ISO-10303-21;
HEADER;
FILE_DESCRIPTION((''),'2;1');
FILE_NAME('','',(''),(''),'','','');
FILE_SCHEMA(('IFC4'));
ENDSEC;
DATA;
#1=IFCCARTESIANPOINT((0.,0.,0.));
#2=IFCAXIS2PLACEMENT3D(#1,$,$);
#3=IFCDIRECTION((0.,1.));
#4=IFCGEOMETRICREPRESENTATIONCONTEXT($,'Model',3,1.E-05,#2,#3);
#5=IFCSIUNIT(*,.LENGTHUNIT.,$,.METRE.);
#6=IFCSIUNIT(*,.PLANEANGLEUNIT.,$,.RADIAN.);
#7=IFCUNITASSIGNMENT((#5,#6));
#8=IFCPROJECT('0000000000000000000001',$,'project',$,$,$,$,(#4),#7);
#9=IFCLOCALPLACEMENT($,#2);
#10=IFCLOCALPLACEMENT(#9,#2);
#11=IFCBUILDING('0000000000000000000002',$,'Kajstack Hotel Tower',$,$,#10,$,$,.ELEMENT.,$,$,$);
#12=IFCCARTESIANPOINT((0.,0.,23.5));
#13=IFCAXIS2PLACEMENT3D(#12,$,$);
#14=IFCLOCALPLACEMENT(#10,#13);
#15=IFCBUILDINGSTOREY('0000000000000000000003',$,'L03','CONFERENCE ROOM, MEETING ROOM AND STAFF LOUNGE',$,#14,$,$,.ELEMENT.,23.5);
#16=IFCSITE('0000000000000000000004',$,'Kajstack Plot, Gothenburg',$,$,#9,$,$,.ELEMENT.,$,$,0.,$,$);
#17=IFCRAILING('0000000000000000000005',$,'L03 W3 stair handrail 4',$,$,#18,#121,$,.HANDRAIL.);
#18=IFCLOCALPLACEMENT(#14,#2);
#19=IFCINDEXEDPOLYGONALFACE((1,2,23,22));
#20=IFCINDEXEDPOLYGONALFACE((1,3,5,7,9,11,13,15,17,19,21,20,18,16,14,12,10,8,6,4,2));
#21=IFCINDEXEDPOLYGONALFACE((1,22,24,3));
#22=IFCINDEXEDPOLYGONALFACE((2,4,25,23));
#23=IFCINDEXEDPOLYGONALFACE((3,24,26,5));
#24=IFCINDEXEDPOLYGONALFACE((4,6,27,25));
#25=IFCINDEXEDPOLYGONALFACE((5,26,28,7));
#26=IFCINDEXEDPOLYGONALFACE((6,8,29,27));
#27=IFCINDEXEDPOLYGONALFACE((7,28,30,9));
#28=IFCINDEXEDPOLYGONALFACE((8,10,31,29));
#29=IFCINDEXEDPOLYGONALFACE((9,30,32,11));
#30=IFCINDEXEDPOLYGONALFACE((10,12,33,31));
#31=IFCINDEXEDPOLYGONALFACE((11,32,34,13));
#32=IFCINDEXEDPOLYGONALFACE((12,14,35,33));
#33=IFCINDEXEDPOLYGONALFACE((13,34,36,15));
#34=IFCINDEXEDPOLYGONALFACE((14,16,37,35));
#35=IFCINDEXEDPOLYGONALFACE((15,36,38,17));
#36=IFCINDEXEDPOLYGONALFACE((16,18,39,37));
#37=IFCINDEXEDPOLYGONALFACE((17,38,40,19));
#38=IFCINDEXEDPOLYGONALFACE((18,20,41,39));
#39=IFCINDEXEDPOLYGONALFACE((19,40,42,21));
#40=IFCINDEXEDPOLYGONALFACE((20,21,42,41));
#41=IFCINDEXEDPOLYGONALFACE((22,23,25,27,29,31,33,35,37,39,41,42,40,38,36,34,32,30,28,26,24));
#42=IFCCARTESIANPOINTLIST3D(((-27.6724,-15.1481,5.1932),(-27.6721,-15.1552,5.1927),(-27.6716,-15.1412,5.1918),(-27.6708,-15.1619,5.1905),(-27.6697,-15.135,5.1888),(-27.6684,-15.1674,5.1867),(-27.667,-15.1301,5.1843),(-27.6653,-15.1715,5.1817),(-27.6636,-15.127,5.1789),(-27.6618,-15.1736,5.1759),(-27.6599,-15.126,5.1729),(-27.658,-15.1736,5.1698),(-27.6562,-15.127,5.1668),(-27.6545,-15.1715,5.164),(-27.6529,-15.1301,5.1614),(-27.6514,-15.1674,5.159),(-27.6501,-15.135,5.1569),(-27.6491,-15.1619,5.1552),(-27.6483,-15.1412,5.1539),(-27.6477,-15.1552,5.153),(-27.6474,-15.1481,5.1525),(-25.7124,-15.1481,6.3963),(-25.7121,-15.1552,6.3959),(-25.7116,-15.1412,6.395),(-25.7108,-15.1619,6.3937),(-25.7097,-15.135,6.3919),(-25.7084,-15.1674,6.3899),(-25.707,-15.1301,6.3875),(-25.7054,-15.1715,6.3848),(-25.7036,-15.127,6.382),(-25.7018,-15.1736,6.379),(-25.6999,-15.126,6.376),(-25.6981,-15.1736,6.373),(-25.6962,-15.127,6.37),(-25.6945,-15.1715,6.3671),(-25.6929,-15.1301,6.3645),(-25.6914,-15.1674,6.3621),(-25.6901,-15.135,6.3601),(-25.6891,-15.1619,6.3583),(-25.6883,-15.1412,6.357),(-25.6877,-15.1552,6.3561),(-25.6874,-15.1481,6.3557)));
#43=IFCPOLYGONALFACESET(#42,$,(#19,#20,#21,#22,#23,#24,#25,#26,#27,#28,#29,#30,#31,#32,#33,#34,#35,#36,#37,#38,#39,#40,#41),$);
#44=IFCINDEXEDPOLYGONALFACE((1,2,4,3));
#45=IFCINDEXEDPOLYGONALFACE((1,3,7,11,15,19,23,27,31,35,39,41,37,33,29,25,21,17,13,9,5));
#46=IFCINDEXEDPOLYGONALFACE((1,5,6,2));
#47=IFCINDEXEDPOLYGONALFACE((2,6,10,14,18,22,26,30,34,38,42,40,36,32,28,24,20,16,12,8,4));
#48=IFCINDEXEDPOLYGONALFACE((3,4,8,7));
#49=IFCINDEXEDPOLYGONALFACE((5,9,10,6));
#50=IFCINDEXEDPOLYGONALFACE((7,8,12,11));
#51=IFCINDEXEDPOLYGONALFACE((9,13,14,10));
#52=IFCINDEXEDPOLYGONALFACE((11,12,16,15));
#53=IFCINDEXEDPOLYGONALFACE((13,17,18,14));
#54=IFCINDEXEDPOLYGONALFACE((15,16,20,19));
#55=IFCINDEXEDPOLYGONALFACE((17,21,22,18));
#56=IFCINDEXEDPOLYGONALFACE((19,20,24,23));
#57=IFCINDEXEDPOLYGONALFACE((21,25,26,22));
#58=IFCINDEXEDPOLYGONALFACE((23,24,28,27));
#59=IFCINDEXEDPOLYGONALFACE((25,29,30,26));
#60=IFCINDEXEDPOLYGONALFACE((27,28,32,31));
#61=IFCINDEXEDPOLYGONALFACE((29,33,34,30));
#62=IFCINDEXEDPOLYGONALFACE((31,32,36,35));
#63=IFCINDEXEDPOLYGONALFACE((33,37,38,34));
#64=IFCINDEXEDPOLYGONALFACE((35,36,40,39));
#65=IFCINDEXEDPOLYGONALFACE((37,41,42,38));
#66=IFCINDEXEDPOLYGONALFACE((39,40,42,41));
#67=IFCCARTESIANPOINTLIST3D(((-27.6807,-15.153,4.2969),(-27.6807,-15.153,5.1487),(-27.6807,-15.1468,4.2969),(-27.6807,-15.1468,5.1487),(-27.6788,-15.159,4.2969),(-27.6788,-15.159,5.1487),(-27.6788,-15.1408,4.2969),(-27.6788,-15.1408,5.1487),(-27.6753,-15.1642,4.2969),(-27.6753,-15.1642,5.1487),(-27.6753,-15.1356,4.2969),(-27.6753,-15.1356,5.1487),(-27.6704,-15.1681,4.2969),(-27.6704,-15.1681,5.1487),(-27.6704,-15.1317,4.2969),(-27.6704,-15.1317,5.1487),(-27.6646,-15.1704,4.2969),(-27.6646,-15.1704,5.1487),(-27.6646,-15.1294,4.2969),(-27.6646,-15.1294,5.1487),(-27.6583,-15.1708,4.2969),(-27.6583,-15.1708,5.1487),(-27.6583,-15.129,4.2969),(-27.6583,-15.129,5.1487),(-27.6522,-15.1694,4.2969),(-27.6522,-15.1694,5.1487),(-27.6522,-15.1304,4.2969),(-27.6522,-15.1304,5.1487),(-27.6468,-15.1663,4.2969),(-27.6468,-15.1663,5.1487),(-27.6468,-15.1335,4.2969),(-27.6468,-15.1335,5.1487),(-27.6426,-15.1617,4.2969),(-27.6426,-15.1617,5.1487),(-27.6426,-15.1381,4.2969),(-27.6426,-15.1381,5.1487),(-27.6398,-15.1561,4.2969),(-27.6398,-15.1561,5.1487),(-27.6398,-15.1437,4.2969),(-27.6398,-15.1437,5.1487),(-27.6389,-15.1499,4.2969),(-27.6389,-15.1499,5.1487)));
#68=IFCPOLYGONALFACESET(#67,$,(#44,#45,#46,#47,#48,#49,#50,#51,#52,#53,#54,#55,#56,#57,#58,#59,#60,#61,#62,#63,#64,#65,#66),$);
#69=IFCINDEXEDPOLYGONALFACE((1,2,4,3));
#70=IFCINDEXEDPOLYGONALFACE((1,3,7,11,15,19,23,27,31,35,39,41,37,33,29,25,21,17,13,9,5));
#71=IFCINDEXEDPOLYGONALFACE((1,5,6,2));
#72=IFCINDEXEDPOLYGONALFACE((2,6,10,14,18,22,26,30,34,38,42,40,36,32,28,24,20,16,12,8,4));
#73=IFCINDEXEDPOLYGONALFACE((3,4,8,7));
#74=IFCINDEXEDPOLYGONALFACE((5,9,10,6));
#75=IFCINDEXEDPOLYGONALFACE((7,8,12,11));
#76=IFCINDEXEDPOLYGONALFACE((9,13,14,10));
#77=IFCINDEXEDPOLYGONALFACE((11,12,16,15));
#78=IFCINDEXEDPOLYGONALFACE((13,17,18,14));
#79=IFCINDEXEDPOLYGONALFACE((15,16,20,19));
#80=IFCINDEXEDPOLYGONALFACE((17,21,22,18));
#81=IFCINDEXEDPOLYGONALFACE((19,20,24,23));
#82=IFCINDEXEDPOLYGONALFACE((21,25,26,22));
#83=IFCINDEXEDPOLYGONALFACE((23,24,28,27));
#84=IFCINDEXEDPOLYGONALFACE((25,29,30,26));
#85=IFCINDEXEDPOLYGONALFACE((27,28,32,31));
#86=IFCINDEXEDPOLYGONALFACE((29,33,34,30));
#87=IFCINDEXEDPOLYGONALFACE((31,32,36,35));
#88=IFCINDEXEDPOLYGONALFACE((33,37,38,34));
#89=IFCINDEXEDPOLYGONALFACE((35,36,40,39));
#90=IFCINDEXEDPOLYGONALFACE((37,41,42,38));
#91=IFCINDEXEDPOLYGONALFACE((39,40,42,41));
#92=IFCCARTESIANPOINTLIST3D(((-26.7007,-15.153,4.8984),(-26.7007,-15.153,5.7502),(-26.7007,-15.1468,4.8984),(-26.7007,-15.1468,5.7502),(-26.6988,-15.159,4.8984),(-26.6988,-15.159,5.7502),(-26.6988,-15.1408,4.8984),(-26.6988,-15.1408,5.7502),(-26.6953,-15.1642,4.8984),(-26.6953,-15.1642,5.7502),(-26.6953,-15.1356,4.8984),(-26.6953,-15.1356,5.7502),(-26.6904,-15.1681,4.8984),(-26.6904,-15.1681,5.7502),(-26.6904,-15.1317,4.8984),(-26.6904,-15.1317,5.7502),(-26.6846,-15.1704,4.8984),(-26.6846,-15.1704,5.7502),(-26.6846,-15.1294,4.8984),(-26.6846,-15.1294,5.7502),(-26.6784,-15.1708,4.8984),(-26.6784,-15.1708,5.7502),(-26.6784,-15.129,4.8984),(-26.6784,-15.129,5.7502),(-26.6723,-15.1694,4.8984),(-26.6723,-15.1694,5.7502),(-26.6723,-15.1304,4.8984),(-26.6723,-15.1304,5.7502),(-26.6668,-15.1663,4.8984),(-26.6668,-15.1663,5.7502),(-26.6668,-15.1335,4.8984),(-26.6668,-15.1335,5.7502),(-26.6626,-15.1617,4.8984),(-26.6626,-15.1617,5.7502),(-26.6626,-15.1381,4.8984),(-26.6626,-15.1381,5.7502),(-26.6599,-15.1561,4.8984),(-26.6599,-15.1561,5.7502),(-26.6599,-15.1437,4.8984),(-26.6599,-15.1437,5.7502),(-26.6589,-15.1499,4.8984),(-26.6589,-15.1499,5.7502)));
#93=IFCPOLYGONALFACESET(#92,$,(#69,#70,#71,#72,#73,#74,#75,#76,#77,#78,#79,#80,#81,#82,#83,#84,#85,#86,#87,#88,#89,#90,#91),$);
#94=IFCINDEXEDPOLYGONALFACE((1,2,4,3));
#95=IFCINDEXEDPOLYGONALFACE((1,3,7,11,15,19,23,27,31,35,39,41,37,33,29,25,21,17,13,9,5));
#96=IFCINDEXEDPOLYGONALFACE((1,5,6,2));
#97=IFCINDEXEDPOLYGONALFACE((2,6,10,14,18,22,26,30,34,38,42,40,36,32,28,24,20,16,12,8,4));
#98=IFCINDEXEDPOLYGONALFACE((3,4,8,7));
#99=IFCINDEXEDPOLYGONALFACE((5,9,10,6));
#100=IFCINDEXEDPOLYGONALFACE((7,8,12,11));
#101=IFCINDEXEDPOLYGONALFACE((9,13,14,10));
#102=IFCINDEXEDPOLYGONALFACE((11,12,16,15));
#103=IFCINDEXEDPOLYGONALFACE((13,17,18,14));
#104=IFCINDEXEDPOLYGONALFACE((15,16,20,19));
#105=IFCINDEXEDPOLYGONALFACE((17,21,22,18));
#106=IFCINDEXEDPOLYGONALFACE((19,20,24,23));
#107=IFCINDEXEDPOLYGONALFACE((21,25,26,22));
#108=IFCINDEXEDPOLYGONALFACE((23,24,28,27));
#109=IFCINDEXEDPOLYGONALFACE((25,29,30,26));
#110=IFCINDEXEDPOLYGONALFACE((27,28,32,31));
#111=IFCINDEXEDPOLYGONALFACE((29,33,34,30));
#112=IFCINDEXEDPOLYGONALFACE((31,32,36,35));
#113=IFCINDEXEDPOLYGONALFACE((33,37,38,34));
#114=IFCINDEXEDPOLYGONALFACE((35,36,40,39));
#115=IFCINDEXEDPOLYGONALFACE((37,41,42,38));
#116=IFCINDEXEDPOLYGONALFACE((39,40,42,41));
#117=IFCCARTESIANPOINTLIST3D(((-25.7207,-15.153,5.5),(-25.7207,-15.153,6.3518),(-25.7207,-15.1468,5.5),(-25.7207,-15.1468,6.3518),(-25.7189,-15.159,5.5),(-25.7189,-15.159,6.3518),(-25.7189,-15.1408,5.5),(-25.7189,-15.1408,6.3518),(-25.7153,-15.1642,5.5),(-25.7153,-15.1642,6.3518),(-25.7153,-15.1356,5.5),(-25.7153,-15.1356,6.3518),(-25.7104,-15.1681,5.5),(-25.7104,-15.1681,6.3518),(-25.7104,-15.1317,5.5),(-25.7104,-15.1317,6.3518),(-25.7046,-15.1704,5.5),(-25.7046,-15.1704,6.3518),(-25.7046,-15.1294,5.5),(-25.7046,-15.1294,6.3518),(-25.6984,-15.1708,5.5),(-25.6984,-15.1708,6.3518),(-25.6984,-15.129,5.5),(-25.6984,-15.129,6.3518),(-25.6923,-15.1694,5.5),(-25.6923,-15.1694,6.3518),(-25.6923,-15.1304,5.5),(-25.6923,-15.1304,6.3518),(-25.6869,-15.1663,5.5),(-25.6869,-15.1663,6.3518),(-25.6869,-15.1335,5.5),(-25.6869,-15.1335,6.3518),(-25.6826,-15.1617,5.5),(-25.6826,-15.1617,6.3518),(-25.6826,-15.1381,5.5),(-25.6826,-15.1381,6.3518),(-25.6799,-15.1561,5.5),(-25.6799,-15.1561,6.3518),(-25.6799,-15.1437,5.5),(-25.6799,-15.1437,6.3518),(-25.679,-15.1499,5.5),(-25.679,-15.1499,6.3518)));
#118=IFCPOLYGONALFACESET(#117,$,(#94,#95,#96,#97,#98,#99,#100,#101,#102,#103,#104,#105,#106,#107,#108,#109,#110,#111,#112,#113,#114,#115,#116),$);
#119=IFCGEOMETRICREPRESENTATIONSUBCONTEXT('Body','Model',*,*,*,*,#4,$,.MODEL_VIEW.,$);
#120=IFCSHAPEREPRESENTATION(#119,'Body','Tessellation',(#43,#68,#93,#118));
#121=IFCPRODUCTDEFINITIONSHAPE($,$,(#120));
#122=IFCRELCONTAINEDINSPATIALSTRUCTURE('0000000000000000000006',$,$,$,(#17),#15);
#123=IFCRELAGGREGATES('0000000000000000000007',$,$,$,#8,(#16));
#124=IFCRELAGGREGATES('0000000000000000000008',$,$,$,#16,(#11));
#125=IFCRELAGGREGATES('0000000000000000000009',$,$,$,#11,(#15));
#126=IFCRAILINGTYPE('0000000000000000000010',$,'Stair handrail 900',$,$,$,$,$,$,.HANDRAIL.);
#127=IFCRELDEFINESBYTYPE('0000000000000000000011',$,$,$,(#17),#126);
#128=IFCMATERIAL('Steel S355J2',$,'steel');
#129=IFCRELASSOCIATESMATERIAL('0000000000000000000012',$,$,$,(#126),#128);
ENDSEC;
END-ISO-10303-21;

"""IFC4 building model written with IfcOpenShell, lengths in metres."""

from ifc_helpers import new_model, si_unit, direction, frame, origin, origin_2d, place, context, subcontext, project, spatial, circle, extrude, material, type_object, element, save


model = new_model("IFC4")

# Units and contexts
model_context = context("Model", 3, precision=1e-05, world=origin(), true_north=direction((0.0, 1.0)))
body_context = subcontext(model_context, "Body", "Model", "MODEL_VIEW")
ifc_project = project(units=[si_unit("LENGTHUNIT", "METRE"), si_unit("PLANEANGLEUNIT", "RADIAN")], contexts=[model_context])

# Site, building, storey
site_placement = place(None, origin())
site = spatial("IfcSite", under=ifc_project, at=site_placement, Name="Kajstack Plot, Gothenburg", CompositionType="ELEMENT", RefElevation=0.0)
building_placement = place(site_placement, origin())
building = spatial("IfcBuilding", under=site, at=building_placement, Name="Kajstack Hotel Tower", CompositionType="ELEMENT")
storey_placement = place(building_placement, frame((0.0, 0.0, 23.5)))
storey = spatial("IfcBuildingStorey", under=building, at=storey_placement, Name="L03", Description="CONFERENCE ROOM, MEETING ROOM AND STAFF LOUNGE", CompositionType="ELEMENT", Elevation=23.5)

# Railing
ifc_material_1 = material(Name="Steel S355J2", Category="steel")
railing_type_1 = type_object("IfcRailingType", Name="Stair handrail 900", PredefinedType="HANDRAIL", material=ifc_material_1)
railing_1_placement = place(storey_placement, frame((-27.6599, -15.1499, 4.2969)))
element("IfcRailing", 1, at=railing_1_placement, inside=storey, type_object=railing_type_1, Name="L03 W3 stair handrail 4", PredefinedType="HANDRAIL", context=body_context, shape_type="SweptSolid", body=[
    extrude(circle(Radius=0.0239, at=origin_2d()), frame((0.0, 0.0, 0.876), z_axis=(0.852241, 0.0, 0.523149), x_axis=(0.0, 1.0, 0.0)), (0.0, 0.0, 1.0), 2.2998),
    extrude(circle(Radius=0.021, at=origin_2d()), origin(), (0.0, 0.0, 1.0), 0.8518),
    extrude(circle(Radius=0.021, at=origin_2d()), frame((0.98, 0.0, 0.6016)), (0.0, 0.0, 1.0), 0.8518),
    extrude(circle(Radius=0.021, at=origin_2d()), frame((1.96, 0.0, 1.2031)), (0.0, 0.0, 1.0), 0.8518),
])

save(model, "model.ifc")
